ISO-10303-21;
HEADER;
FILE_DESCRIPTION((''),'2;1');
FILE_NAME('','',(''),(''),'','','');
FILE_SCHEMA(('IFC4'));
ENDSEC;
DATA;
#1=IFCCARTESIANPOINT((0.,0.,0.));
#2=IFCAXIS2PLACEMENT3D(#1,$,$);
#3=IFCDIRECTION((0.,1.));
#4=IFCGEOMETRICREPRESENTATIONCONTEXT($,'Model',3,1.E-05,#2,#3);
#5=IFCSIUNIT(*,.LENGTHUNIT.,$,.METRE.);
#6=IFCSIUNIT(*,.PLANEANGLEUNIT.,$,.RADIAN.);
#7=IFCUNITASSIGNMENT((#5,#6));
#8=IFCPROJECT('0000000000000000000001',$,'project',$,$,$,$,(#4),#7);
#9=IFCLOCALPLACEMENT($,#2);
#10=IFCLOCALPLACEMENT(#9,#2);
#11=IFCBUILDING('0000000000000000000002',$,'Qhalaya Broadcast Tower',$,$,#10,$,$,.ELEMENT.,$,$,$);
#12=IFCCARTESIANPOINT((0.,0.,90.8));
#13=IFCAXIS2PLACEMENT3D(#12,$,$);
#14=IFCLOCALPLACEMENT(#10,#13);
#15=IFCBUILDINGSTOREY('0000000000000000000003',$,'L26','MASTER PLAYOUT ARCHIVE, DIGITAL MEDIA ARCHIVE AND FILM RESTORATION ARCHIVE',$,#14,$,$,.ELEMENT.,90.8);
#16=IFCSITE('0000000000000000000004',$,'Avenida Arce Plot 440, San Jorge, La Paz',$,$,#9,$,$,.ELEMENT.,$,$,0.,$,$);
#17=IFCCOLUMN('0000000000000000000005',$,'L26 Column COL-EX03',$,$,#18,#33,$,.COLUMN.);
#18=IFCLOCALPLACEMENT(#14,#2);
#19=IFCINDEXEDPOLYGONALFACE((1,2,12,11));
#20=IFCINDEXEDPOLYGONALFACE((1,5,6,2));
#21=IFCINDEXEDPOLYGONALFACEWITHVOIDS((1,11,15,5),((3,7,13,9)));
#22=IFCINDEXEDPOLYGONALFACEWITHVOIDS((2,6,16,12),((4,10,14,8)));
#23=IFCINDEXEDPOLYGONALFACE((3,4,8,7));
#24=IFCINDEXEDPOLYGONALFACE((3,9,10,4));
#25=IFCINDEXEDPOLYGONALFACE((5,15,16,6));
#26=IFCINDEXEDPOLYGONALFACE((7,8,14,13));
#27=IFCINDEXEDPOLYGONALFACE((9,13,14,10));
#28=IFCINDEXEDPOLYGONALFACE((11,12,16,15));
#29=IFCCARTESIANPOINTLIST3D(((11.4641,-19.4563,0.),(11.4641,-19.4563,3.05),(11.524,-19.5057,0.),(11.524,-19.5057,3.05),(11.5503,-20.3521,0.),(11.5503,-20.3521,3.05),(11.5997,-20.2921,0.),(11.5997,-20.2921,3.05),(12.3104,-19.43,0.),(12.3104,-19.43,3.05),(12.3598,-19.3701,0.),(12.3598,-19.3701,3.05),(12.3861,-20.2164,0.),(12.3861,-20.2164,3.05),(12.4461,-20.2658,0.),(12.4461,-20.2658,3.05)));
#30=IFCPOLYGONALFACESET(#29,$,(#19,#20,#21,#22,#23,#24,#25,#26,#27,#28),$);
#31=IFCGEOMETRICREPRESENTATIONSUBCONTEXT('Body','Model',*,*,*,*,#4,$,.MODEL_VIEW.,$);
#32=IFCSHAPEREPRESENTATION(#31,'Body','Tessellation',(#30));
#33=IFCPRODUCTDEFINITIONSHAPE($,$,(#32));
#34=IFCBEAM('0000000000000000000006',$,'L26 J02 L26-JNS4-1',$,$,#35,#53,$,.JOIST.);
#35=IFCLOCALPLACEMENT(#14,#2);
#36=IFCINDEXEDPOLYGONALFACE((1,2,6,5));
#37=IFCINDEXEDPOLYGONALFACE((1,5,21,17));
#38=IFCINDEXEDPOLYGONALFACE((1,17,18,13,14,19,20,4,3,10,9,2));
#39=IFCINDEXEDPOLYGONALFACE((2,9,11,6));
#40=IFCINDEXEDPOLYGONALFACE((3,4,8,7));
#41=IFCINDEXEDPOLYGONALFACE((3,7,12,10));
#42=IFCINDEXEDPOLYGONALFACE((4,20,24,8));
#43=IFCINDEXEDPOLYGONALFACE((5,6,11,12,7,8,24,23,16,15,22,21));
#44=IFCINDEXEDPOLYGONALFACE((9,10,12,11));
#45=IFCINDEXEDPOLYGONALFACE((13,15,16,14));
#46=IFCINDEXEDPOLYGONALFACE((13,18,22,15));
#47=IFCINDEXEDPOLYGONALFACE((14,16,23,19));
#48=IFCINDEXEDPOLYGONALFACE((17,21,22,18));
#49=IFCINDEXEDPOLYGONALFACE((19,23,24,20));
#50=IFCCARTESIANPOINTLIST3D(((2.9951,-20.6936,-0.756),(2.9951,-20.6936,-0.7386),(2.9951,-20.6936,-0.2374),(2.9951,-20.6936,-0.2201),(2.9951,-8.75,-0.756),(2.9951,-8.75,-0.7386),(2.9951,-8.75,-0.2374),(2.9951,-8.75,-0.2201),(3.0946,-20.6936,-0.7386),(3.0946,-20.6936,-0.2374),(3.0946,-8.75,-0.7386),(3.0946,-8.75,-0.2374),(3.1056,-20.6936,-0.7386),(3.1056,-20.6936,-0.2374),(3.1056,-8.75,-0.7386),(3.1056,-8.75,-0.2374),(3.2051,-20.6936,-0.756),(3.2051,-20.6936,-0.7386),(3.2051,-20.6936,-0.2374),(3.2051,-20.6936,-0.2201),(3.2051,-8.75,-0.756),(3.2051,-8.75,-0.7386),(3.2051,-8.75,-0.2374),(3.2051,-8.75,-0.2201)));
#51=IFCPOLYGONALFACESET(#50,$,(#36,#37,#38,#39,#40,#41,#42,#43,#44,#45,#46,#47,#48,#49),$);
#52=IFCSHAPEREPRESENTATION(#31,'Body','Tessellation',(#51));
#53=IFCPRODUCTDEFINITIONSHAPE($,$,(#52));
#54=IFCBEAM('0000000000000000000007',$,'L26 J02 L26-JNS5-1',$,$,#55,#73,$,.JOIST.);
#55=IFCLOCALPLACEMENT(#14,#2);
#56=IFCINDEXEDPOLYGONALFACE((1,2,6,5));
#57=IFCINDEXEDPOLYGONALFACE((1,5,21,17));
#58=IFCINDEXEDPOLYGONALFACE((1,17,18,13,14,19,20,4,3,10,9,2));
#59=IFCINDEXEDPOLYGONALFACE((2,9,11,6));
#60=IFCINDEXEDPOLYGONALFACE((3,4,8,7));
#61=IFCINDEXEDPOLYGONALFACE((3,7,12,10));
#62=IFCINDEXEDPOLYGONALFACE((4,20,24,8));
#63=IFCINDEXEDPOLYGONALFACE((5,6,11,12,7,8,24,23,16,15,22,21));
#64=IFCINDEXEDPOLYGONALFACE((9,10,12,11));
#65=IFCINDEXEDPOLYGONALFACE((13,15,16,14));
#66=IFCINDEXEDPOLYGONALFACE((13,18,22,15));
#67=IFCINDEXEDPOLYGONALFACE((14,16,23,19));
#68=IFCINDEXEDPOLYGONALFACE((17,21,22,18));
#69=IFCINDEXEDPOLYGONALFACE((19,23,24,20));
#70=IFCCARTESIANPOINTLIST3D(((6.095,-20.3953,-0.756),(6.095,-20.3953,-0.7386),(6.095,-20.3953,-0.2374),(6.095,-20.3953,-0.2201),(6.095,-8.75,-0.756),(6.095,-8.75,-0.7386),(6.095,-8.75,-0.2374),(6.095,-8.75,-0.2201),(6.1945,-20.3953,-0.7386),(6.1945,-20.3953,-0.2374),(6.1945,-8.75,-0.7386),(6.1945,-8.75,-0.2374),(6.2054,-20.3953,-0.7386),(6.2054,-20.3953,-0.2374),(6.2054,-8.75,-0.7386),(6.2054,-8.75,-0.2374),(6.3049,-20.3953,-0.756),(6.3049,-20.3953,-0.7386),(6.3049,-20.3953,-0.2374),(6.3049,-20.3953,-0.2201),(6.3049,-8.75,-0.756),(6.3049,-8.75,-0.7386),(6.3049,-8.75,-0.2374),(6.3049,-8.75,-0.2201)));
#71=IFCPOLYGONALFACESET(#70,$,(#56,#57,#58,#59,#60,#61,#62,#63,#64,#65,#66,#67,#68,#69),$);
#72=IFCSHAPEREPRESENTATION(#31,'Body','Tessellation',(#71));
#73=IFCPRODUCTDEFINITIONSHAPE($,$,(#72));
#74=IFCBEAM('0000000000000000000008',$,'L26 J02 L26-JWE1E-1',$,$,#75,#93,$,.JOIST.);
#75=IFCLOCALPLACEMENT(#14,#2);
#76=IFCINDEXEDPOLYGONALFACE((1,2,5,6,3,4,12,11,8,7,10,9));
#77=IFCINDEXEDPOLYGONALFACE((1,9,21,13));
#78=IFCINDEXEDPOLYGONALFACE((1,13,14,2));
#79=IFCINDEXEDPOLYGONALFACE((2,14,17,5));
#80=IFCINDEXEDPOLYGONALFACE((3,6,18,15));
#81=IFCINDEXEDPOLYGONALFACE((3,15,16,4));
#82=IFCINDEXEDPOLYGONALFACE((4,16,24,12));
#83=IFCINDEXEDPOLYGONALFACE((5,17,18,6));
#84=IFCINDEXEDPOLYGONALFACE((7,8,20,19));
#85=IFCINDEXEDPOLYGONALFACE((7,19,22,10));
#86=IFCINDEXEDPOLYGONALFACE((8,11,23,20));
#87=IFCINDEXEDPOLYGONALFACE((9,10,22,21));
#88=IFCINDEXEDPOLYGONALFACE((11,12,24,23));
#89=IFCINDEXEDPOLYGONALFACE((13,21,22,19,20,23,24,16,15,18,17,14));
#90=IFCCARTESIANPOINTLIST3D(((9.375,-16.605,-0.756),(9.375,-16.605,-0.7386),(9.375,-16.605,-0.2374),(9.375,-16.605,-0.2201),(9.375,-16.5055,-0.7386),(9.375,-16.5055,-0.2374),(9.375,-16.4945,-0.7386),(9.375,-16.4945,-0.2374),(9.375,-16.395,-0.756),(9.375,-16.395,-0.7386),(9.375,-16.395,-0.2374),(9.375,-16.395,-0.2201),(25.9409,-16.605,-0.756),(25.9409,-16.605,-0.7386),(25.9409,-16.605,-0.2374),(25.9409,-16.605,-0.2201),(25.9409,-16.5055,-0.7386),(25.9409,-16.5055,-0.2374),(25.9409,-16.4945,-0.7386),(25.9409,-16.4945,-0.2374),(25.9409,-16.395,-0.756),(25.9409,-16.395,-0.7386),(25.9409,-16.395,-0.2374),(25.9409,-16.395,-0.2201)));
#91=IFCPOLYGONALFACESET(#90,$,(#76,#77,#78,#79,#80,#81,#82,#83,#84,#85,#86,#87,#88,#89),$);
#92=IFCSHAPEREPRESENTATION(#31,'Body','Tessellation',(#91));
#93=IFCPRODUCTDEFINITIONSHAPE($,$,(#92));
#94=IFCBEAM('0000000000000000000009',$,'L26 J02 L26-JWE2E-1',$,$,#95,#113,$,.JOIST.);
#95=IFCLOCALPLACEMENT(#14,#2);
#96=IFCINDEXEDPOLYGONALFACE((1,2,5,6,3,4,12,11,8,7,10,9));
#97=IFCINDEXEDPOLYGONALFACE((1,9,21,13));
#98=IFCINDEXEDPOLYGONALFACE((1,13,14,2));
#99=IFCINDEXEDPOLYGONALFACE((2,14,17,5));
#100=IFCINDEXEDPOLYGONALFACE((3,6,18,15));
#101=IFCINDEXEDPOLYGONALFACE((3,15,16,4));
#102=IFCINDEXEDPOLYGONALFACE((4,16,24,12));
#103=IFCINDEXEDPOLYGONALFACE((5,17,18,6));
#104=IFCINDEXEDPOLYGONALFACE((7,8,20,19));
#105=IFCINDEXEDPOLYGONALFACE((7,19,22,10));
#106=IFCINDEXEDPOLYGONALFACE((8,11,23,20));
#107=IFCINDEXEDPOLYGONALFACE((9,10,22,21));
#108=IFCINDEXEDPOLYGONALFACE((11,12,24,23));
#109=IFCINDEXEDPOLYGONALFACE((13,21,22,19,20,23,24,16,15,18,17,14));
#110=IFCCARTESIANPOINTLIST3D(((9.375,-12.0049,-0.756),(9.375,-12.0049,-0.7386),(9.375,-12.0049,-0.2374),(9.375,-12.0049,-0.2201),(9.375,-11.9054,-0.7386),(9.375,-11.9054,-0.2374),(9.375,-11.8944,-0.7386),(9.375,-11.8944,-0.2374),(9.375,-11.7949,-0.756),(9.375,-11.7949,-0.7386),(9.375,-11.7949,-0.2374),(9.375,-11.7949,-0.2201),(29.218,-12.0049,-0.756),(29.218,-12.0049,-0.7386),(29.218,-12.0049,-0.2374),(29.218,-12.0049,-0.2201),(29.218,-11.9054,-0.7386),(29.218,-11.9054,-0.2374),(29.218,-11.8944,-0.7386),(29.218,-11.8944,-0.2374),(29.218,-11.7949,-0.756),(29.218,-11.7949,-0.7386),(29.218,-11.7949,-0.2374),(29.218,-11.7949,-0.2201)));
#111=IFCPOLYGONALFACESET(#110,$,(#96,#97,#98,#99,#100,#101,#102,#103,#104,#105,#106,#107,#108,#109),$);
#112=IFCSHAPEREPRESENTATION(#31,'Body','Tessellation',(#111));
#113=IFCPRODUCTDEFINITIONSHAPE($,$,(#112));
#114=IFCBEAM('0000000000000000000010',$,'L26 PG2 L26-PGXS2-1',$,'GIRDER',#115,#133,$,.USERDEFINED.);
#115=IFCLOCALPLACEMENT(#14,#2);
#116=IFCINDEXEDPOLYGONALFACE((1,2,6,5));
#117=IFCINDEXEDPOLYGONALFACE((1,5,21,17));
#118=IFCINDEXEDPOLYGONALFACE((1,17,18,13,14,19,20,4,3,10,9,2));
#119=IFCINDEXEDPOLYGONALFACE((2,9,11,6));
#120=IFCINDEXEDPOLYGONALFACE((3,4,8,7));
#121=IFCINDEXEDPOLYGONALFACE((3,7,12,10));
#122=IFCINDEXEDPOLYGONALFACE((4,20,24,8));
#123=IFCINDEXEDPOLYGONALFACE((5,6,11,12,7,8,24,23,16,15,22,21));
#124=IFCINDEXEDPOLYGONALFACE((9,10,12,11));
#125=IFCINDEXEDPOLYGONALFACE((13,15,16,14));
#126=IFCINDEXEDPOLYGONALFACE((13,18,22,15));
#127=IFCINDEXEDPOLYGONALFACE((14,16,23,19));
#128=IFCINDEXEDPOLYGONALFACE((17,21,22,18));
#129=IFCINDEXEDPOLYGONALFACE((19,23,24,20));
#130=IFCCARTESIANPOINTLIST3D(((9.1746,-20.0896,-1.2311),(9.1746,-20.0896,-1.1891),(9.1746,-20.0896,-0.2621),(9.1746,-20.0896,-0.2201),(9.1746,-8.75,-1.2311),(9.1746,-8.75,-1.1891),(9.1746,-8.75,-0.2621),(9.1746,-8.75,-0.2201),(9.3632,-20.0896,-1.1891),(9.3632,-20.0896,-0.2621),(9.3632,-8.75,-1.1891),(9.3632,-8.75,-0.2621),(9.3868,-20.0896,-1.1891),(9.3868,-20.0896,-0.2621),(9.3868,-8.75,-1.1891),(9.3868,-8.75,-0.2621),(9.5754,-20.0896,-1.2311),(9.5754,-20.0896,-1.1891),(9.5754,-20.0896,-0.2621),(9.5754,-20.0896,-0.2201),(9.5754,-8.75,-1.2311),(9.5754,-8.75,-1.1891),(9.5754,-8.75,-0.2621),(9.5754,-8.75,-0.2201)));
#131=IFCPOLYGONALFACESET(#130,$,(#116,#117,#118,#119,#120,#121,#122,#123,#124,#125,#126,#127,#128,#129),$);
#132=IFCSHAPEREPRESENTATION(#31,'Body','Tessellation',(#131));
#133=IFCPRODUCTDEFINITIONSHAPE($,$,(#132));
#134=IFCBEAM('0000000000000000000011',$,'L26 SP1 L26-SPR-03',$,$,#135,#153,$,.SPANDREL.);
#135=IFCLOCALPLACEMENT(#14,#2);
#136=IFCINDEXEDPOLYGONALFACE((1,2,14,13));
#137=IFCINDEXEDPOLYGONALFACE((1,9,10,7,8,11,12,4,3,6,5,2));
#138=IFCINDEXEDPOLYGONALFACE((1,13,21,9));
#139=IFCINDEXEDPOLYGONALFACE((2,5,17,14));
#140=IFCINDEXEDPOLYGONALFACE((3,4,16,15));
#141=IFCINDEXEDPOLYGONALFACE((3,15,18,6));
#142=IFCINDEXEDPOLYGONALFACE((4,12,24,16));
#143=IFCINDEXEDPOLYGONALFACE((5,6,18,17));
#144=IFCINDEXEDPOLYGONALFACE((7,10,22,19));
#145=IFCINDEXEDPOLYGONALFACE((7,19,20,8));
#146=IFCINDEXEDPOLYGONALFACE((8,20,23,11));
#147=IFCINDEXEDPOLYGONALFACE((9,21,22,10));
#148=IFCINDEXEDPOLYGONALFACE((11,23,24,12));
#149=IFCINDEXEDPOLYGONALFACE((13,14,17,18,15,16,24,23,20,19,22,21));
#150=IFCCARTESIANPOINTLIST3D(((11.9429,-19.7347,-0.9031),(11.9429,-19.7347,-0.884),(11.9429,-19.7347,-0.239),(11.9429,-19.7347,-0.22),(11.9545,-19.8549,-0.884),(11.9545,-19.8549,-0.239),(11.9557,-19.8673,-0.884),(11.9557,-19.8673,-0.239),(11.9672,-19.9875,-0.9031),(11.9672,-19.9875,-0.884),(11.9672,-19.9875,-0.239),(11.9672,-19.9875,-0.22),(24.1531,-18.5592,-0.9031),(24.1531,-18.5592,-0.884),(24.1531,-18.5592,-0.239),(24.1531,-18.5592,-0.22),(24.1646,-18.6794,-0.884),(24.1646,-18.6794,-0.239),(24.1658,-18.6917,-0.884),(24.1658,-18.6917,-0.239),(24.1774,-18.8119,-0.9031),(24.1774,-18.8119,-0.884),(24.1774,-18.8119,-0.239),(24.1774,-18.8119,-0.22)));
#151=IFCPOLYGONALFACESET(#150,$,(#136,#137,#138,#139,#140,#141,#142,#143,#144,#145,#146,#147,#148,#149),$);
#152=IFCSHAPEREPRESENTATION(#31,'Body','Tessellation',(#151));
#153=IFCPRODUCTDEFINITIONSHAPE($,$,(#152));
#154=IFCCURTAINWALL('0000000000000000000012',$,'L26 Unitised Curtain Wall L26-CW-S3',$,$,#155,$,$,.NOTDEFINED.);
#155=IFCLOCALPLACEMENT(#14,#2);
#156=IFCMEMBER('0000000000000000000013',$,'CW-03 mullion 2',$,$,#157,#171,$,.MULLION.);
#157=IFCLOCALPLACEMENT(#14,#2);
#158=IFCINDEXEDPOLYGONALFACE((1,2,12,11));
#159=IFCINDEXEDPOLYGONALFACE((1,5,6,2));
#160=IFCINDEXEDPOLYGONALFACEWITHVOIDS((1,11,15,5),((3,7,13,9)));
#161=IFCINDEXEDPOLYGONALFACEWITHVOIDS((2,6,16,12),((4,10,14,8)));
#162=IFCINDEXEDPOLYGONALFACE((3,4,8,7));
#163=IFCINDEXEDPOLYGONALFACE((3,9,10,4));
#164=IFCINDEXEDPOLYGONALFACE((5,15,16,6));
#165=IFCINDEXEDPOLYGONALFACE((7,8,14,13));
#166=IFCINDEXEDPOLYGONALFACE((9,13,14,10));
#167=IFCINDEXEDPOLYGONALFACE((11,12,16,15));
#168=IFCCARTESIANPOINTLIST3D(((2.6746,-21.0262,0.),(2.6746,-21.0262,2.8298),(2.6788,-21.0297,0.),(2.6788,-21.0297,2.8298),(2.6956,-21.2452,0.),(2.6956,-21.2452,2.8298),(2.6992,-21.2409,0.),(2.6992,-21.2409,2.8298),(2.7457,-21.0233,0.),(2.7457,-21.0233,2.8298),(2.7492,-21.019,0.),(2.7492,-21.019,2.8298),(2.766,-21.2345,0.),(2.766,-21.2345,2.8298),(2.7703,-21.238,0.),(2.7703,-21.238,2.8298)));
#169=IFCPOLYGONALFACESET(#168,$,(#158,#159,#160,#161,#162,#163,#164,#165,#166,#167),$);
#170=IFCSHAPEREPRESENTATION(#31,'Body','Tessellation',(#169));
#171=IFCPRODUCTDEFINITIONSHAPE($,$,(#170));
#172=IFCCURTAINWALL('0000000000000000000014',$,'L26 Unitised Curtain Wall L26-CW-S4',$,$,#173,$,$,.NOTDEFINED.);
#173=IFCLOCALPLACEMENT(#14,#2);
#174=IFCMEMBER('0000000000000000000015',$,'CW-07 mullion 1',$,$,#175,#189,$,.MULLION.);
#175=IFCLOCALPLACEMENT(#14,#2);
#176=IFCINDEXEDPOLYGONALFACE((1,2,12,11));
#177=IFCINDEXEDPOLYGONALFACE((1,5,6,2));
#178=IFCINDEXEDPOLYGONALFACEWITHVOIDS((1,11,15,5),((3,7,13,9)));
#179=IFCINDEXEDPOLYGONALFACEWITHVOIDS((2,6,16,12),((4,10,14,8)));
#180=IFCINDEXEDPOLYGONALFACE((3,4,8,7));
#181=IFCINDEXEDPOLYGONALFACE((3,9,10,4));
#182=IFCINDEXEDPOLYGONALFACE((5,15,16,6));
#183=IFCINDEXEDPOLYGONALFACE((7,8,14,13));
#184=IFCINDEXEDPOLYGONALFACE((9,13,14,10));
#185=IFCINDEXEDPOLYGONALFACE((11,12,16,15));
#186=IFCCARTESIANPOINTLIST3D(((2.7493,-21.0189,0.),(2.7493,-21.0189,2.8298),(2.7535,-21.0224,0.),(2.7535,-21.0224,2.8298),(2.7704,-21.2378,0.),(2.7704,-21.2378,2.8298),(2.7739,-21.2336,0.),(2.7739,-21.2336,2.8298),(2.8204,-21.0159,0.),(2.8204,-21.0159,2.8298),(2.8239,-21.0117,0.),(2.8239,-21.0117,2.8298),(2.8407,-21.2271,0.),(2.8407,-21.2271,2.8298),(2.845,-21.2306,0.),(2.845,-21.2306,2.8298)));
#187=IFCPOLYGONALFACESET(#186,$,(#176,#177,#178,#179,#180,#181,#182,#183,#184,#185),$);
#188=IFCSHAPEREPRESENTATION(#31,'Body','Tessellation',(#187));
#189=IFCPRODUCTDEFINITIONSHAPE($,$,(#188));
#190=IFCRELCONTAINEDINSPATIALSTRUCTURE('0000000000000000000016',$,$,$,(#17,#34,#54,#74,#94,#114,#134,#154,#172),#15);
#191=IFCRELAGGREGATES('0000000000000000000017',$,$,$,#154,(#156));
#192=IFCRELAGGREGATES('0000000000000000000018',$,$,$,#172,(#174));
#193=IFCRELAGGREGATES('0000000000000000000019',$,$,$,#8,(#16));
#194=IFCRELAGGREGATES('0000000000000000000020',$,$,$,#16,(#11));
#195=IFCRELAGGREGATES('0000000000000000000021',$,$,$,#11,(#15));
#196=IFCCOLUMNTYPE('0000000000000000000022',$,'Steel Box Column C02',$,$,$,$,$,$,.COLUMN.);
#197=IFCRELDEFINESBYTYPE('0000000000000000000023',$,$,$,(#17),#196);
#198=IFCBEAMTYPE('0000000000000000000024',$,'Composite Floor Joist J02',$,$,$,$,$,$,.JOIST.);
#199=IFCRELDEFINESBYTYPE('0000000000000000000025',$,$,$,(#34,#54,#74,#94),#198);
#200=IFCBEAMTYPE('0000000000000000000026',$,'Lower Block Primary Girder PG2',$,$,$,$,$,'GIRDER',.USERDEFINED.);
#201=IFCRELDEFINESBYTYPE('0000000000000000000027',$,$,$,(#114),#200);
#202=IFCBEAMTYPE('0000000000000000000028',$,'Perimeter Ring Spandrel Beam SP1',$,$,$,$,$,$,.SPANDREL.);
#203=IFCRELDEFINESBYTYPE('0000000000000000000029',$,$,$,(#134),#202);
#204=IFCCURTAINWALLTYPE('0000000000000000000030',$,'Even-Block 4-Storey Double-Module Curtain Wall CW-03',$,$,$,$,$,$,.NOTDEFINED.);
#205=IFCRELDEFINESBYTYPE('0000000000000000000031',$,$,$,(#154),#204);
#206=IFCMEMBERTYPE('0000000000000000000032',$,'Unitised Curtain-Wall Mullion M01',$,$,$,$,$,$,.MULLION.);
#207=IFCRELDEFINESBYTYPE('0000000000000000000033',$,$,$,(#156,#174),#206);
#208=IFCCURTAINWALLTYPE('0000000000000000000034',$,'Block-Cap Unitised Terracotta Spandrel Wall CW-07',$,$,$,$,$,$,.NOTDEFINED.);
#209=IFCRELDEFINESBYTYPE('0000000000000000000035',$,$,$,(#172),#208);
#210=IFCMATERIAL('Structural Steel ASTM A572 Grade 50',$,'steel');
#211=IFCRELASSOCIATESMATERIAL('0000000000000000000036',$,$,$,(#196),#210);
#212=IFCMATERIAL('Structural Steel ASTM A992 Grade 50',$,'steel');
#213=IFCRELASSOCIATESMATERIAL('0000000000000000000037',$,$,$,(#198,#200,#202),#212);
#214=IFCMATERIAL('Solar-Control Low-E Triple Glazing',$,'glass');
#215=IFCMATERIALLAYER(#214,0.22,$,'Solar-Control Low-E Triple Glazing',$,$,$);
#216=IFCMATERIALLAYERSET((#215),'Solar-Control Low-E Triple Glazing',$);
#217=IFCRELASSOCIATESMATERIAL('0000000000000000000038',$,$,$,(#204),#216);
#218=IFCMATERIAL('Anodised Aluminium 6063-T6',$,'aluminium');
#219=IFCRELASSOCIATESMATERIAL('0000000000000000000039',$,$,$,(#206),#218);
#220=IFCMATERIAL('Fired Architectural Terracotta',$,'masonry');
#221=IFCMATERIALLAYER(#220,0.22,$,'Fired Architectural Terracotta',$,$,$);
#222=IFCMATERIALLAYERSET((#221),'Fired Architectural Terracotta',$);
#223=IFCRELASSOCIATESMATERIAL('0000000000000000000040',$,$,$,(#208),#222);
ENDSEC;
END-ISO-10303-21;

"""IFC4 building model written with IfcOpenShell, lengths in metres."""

from ifc_helpers import new_model, si_unit, direction, frame, origin, origin_2d, place, context, subcontext, project, spatial, hollow_rectangle, i_section, extrude, material, layer, layer_set, material_profile, profile_set, type_object, element, aggregate, save


model = new_model("IFC4")

# Units and contexts
model_context = context("Model", 3, precision=1e-05, world=origin(), true_north=direction((0.0, 1.0)))
body_context = subcontext(model_context, "Body", "Model", "MODEL_VIEW")
ifc_project = project(units=[si_unit("LENGTHUNIT", "METRE"), si_unit("PLANEANGLEUNIT", "RADIAN")], contexts=[model_context])

# Site, building, storey
site_placement = place(None, origin())
site = spatial("IfcSite", under=ifc_project, at=site_placement, Name="Avenida Arce Plot 440, San Jorge, La Paz", CompositionType="ELEMENT", RefElevation=0.0)
building_placement = place(site_placement, origin())
building = spatial("IfcBuilding", under=site, at=building_placement, Name="Qhalaya Broadcast Tower", CompositionType="ELEMENT")
storey_placement = place(building_placement, frame((0.0, 0.0, 90.8)))
storey = spatial("IfcBuildingStorey", under=building, at=storey_placement, Name="L26", Description="MASTER PLAYOUT ARCHIVE, DIGITAL MEDIA ARCHIVE AND FILM RESTORATION ARCHIVE", CompositionType="ELEMENT", Elevation=90.8)

# Column
ifc_material_1 = material(Name="Structural Steel ASTM A572 Grade 50", Category="steel")
ifc_material_profile_1 = material_profile(ifc_material_1, hollow_rectangle(XDim=0.8999, YDim=0.8999, WallThickness=0.0549, at=origin_2d()), Name="BOX 900x900x55")
ifc_profile_set_1 = profile_set([ifc_material_profile_1], Name="Structural Steel ASTM A572 Grade 50")
column_type = type_object("IfcColumnType", Name="Steel Box Column C02", PredefinedType="COLUMN", material=ifc_profile_set_1)
column_placement = place(storey_placement, frame((11.9551, -19.8611, 0.0), z_axis=(0.0, 0.0, 1.0), x_axis=(0.995396, 0.095846, 0.0)))
element("IfcColumn", 1, at=column_placement, inside=storey, type_object=column_type, Name="L26 Column COL-EX03", PredefinedType="COLUMN", context=body_context, shape_type="SweptSolid", body=[
    extrude(hollow_rectangle(XDim=0.8999, YDim=0.8999, WallThickness=0.0549, at=origin_2d()), origin(), (0.0, 0.0, 1.0), 3.05),
])

# Beams
ifc_material_2 = material(Name="Structural Steel ASTM A992 Grade 50", Category="steel")
ifc_material_profile_2 = material_profile(ifc_material_2, i_section(OverallWidth=0.21, OverallDepth=0.5359, WebThickness=0.011, FlangeThickness=0.0173, at=origin_2d()), Name="W21X68")
ifc_profile_set_2 = profile_set([ifc_material_profile_2], Name="Structural Steel ASTM A992 Grade 50")
beam_type_1 = type_object("IfcBeamType", Name="Composite Floor Joist J02", PredefinedType="JOIST", material=ifc_profile_set_2)
beam_1_placement = place(storey_placement, frame((3.1001, -20.6936, -0.488), z_axis=(0.0, 1.0, 0.0), x_axis=(-1.0, 0.0, 0.0)))
element("IfcBeam", 2, at=beam_1_placement, inside=storey, type_object=beam_type_1, Name="L26 J02 L26-JNS4-1", PredefinedType="JOIST", context=body_context, shape_type="SweptSolid", body=[
    extrude(i_section(OverallWidth=0.21, OverallDepth=0.5359, WebThickness=0.011, FlangeThickness=0.0173, at=origin_2d()), origin(), (0.0, 0.0, 1.0), 11.9436),
])
beam_2_placement = place(storey_placement, frame((6.2, -20.3953, -0.488), z_axis=(0.0, 1.0, 0.0), x_axis=(-1.0, 0.0, 0.0)))
element("IfcBeam", 3, at=beam_2_placement, inside=storey, type_object=beam_type_1, Name="L26 J02 L26-JNS5-1", PredefinedType="JOIST", context=body_context, shape_type="SweptSolid", body=[
    extrude(i_section(OverallWidth=0.21, OverallDepth=0.5359, WebThickness=0.011, FlangeThickness=0.0173, at=origin_2d()), origin(), (0.0, 0.0, 1.0), 11.6453),
])
beam_3_placement = place(storey_placement, frame((9.375, -16.5, -0.488), z_axis=(1.0, 0.0, 0.0), x_axis=(0.0, 1.0, 0.0)))
element("IfcBeam", 4, at=beam_3_placement, inside=storey, type_object=beam_type_1, Name="L26 J02 L26-JWE1E-1", PredefinedType="JOIST", context=body_context, shape_type="SweptSolid", body=[
    extrude(i_section(OverallWidth=0.21, OverallDepth=0.5359, WebThickness=0.011, FlangeThickness=0.0173, at=origin_2d()), origin(), (0.0, 0.0, 1.0), 16.5659),
])
beam_4_placement = place(storey_placement, frame((9.375, -11.8999, -0.488), z_axis=(1.0, 0.0, 0.0), x_axis=(0.0, 1.0, 0.0)))
element("IfcBeam", 5, at=beam_4_placement, inside=storey, type_object=beam_type_1, Name="L26 J02 L26-JWE2E-1", PredefinedType="JOIST", context=body_context, shape_type="SweptSolid", body=[
    extrude(i_section(OverallWidth=0.21, OverallDepth=0.5359, WebThickness=0.011, FlangeThickness=0.0173, at=origin_2d()), origin(), (0.0, 0.0, 1.0), 19.843),
])
ifc_material_profile_3 = material_profile(ifc_material_2, i_section(OverallWidth=0.4009, OverallDepth=1.011, WebThickness=0.0237, FlangeThickness=0.042, at=origin_2d()), Name="W40X297")
ifc_profile_set_3 = profile_set([ifc_material_profile_3], Name="Structural Steel ASTM A992 Grade 50")
beam_type_2 = type_object("IfcBeamType", Name="Lower Block Primary Girder PG2", ElementType="GIRDER", PredefinedType="USERDEFINED", material=ifc_profile_set_3)
beam_5_placement = place(storey_placement, frame((9.375, -20.0896, -0.7256), z_axis=(0.0, 1.0, 0.0), x_axis=(-1.0, 0.0, 0.0)))
element("IfcBeam", 6, at=beam_5_placement, inside=storey, type_object=beam_type_2, Name="L26 PG2 L26-PGXS2-1", ObjectType="GIRDER", PredefinedType="USERDEFINED", context=body_context, shape_type="SweptSolid", body=[
    extrude(i_section(OverallWidth=0.4009, OverallDepth=1.011, WebThickness=0.0237, FlangeThickness=0.042, at=origin_2d()), origin(), (0.0, 0.0, 1.0), 11.3396),
])
ifc_material_profile_4 = material_profile(ifc_material_2, i_section(OverallWidth=0.2539, OverallDepth=0.6831, WebThickness=0.0125, FlangeThickness=0.019, at=origin_2d()), Name="W27X94")
ifc_profile_set_4 = profile_set([ifc_material_profile_4], Name="Structural Steel ASTM A992 Grade 50")
beam_type_3 = type_object("IfcBeamType", Name="Perimeter Ring Spandrel Beam SP1", PredefinedType="SPANDREL", material=ifc_profile_set_4)
beam_6_placement = place(storey_placement, frame((11.9551, -19.8611, -0.5615), z_axis=(0.995398, 0.095832, 0.0), x_axis=(-0.095832, 0.995398, 0.0)))
element("IfcBeam", 7, at=beam_6_placement, inside=storey, type_object=beam_type_3, Name="L26 SP1 L26-SPR-03", PredefinedType="SPANDREL", context=body_context, shape_type="SweptSolid", body=[
    extrude(i_section(OverallWidth=0.2539, OverallDepth=0.6831, WebThickness=0.0125, FlangeThickness=0.019, at=origin_2d()), origin(), (0.0, 0.0, 1.0), 12.2666),
])

# Curtain wall, member
ifc_material_3 = material(Name="Solar-Control Low-E Triple Glazing", Category="glass")
ifc_layer_1 = layer(ifc_material_3, 0.22, Name="Solar-Control Low-E Triple Glazing")
ifc_layer_set_1 = layer_set([ifc_layer_1], Name="Solar-Control Low-E Triple Glazing")
curtain_wall_type_1 = type_object("IfcCurtainWallType", Name="Even-Block 4-Storey Double-Module Curtain Wall CW-03", PredefinedType="NOTDEFINED", material=ifc_layer_set_1)
curtain_wall_1_placement = place(storey_placement, origin())
curtain_wall_1 = element("IfcCurtainWall", 8, at=curtain_wall_1_placement, inside=storey, type_object=curtain_wall_type_1, Name="L26 Unitised Curtain Wall L26-CW-S3", PredefinedType="NOTDEFINED")
ifc_material_4 = material(Name="Anodised Aluminium 6063-T6", Category="aluminium")
ifc_material_profile_5 = material_profile(ifc_material_4, hollow_rectangle(XDim=0.075, YDim=0.22, WallThickness=0.0039, at=origin_2d()), Name="ALU-MUL 75x220x4")
ifc_profile_set_5 = profile_set([ifc_material_profile_5], Name="Anodised Aluminium 6063-T6")
member_type_1 = type_object("IfcMemberType", Name="Unitised Curtain-Wall Mullion M01", PredefinedType="MULLION", material=ifc_profile_set_5)
member_1_placement = place(storey_placement, frame((2.7224, -21.1321, 0.0), z_axis=(0.0, 0.0, 1.0), x_axis=(0.995397, 0.095834, 0.0)))
member_1 = element("IfcMember", 9, at=member_1_placement, type_object=member_type_1, Name="CW-03 mullion 2", PredefinedType="MULLION", context=body_context, shape_type="SweptSolid", body=[
    extrude(hollow_rectangle(XDim=0.075, YDim=0.22, WallThickness=0.0039, at=origin_2d()), origin(), (0.0, 0.0, 1.0), 2.8298),
])
aggregate(curtain_wall_1, [member_1])

# Curtain wall, member
ifc_material_5 = material(Name="Fired Architectural Terracotta", Category="masonry")
ifc_layer_2 = layer(ifc_material_5, 0.22, Name="Fired Architectural Terracotta")
ifc_layer_set_2 = layer_set([ifc_layer_2], Name="Fired Architectural Terracotta")
curtain_wall_type_2 = type_object("IfcCurtainWallType", Name="Block-Cap Unitised Terracotta Spandrel Wall CW-07", PredefinedType="NOTDEFINED", material=ifc_layer_set_2)
curtain_wall_2_placement = place(storey_placement, origin())
curtain_wall_2 = element("IfcCurtainWall", 10, at=curtain_wall_2_placement, inside=storey, type_object=curtain_wall_type_2, Name="L26 Unitised Curtain Wall L26-CW-S4", PredefinedType="NOTDEFINED")
member_2_placement = place(storey_placement, frame((2.7971, -21.1248, 0.0), z_axis=(0.0, 0.0, 1.0), x_axis=(0.995395, 0.095861, 0.0)))
member_2 = element("IfcMember", 11, at=member_2_placement, type_object=member_type_1, Name="CW-07 mullion 1", PredefinedType="MULLION", context=body_context, shape_type="SweptSolid", body=[
    extrude(hollow_rectangle(XDim=0.075, YDim=0.22, WallThickness=0.0039, at=origin_2d()), origin(), (0.0, 0.0, 1.0), 2.8298),
])

aggregate(curtain_wall_2, [member_2])

save(model, "model.ifc")
